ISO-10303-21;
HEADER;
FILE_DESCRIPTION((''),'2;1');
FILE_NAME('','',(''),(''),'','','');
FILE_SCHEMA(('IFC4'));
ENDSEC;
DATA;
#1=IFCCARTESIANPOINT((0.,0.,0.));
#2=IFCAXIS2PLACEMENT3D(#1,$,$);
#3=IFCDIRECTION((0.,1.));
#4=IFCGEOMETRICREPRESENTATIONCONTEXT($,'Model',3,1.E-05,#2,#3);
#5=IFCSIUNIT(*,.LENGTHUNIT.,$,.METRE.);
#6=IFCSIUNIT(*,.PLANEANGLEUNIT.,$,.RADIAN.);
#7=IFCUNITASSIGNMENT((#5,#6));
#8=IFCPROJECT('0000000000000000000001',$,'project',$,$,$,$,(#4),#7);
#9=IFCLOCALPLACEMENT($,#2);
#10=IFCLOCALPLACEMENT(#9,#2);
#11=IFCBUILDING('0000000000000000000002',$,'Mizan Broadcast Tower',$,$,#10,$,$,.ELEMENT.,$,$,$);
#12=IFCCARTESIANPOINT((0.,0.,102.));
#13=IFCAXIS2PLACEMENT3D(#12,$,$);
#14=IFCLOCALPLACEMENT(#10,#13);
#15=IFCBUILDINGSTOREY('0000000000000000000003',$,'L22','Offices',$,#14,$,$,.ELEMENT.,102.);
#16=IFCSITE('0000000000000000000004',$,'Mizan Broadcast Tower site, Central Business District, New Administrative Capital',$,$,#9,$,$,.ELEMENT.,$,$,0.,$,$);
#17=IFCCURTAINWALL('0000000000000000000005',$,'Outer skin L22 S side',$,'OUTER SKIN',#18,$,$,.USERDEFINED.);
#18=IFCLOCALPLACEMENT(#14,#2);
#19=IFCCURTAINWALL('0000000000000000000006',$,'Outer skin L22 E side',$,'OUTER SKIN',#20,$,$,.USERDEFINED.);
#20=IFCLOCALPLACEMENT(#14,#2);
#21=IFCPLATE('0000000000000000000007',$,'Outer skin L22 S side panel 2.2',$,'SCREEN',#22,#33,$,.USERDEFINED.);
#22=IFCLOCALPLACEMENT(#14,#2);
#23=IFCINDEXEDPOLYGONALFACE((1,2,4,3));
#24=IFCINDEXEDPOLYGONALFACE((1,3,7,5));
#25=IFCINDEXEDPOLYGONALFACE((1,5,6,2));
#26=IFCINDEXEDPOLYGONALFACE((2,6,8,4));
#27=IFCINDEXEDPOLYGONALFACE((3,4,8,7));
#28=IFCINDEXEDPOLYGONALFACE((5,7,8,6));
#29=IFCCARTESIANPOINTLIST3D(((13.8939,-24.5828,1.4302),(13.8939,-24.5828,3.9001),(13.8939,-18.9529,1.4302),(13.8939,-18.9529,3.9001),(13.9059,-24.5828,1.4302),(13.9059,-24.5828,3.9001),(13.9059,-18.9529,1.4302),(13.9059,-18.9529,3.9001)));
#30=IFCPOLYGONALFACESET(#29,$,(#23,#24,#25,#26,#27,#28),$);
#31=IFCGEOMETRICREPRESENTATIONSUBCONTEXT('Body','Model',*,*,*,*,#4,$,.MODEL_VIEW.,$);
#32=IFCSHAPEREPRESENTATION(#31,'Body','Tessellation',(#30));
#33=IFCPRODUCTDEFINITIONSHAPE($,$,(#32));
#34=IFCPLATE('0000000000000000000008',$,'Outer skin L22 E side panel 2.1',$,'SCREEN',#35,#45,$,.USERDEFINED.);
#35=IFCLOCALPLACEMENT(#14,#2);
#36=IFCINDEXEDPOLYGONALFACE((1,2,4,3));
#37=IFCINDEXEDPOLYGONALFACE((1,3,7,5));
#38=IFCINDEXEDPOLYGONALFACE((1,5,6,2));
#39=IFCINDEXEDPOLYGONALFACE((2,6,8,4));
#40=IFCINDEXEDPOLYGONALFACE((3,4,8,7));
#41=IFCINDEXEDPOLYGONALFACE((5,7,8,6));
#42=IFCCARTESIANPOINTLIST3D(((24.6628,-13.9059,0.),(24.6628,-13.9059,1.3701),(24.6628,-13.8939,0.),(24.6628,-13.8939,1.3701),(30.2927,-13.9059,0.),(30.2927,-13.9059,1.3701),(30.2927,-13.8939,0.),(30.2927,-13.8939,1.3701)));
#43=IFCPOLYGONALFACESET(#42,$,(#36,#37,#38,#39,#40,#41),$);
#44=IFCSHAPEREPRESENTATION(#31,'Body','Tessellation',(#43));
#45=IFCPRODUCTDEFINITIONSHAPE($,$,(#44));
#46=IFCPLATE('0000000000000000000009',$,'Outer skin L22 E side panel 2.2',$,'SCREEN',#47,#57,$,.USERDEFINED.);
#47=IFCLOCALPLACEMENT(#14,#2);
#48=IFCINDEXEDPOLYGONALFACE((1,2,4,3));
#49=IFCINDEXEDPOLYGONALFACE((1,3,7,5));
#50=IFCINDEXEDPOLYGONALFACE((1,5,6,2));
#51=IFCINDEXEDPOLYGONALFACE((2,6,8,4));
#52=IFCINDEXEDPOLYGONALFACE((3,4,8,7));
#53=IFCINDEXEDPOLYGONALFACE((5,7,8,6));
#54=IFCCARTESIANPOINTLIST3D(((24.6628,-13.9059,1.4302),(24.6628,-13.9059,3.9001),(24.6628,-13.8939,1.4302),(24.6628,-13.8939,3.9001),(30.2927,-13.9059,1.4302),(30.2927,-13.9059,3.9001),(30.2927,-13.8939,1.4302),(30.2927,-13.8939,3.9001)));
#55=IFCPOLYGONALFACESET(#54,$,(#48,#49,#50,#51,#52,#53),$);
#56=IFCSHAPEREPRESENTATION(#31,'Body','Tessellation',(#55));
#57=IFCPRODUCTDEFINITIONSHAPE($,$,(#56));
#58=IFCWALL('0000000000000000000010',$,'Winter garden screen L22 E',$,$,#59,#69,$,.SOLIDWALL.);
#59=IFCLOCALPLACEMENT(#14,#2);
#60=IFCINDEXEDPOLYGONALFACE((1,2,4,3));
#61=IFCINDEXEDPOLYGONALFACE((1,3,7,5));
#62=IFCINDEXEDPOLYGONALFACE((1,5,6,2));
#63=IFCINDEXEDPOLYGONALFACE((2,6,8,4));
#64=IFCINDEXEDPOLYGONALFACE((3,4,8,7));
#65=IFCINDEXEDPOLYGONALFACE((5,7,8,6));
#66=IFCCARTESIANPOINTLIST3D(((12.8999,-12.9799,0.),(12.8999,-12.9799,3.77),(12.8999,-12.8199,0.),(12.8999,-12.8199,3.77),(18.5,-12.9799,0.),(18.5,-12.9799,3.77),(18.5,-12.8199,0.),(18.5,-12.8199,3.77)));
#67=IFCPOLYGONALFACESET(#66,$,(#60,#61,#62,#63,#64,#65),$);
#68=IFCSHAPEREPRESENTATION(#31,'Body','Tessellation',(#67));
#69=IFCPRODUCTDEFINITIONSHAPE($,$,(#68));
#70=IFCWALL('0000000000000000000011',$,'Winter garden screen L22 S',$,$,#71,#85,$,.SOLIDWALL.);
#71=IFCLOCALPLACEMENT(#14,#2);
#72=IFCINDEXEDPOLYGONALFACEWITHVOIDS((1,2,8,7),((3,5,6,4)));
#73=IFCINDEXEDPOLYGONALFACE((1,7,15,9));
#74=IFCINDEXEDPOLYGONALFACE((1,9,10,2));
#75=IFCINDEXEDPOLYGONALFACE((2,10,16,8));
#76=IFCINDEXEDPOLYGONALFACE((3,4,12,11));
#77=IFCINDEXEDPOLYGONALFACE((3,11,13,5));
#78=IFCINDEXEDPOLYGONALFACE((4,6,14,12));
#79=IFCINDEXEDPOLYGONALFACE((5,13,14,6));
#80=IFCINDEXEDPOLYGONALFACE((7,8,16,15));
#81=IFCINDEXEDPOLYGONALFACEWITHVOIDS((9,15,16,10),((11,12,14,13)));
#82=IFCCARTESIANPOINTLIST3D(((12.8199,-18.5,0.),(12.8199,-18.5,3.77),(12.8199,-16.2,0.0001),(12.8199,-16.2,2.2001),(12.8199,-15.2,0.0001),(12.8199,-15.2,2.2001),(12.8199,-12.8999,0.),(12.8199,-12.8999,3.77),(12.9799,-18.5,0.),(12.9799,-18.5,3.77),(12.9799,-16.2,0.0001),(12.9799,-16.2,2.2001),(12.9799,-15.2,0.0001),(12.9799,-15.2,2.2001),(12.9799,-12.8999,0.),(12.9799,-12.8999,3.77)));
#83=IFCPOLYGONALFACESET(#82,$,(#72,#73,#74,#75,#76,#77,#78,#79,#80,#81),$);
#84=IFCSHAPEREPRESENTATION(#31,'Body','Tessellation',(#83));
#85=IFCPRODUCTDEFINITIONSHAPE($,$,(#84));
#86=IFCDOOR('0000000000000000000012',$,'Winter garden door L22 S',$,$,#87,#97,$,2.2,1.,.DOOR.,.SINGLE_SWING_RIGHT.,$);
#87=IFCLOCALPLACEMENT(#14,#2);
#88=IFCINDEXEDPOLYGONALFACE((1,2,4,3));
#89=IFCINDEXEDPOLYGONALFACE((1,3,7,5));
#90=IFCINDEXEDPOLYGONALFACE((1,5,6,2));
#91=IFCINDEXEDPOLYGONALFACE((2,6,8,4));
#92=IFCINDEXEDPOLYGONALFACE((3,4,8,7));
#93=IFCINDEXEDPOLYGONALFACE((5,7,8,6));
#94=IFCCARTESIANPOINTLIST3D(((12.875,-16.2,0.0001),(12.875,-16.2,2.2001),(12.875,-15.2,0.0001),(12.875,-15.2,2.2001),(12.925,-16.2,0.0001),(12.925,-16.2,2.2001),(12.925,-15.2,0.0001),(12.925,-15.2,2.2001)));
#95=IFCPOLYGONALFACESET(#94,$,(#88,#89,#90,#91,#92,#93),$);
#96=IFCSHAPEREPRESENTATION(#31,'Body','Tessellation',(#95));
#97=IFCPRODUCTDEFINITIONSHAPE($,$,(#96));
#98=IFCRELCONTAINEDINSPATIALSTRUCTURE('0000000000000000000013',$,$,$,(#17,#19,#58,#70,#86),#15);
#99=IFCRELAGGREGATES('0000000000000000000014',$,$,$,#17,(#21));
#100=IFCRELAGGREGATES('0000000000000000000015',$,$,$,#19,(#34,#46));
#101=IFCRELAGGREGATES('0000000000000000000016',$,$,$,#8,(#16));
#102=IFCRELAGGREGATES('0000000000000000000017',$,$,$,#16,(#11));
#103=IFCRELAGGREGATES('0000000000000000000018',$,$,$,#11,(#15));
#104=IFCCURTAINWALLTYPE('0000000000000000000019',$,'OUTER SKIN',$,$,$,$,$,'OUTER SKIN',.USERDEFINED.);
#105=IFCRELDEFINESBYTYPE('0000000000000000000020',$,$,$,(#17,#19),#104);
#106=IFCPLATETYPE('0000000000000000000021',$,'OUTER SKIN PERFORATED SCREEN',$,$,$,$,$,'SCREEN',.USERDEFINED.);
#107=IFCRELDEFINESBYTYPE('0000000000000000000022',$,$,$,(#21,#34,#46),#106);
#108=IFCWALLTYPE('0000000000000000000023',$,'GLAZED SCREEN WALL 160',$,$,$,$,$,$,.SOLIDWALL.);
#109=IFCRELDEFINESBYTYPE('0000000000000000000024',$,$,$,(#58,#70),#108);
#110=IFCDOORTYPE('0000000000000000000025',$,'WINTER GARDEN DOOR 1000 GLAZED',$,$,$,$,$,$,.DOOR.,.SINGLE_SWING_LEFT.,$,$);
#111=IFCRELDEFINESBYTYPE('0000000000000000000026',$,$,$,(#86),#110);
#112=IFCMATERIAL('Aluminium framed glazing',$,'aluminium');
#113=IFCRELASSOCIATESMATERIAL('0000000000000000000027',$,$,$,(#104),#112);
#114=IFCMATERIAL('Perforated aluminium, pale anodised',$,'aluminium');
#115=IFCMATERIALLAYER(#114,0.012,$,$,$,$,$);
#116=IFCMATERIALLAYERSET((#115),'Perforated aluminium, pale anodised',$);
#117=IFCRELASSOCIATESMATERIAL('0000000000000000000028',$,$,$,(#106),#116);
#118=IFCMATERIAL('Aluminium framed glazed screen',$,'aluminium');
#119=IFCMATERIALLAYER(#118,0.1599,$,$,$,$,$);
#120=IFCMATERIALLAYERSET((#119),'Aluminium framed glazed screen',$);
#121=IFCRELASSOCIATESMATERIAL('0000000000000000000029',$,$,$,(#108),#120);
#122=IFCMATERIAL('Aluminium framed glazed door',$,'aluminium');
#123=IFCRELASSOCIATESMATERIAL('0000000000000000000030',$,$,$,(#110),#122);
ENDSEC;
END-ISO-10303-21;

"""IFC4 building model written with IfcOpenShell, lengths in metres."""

from ifc_helpers import new_model, si_unit, direction, frame, frame_2d, origin, origin_2d, place, context, subcontext, project, spatial, rectangle, extrude, material, layer, layer_set, type_object, element, fill, aggregate, save


model = new_model("IFC4")

# Units and contexts
model_context = context("Model", 3, precision=1e-05, world=origin(), true_north=direction((0.0, 1.0)))
body_context = subcontext(model_context, "Body", "Model", "MODEL_VIEW")
ifc_project = project(units=[si_unit("LENGTHUNIT", "METRE"), si_unit("PLANEANGLEUNIT", "RADIAN")], contexts=[model_context])

# Site, building, storey
site_placement = place(None, origin())
site = spatial("IfcSite", under=ifc_project, at=site_placement, Name="Mizan Broadcast Tower site, Central Business District, New Administrative Capital", CompositionType="ELEMENT", RefElevation=0.0)
building_placement = place(site_placement, origin())
building = spatial("IfcBuilding", under=site, at=building_placement, Name="Mizan Broadcast Tower", CompositionType="ELEMENT")
storey_placement = place(building_placement, frame((0.0, 0.0, 102.0)))
storey = spatial("IfcBuildingStorey", under=building, at=storey_placement, Name="L22", Description="Offices", CompositionType="ELEMENT", Elevation=102.0)

# Shared definitions
ifc_material_1 = material(Name="Aluminium framed glazing", Category="aluminium")
curtain_wall_type_1 = type_object("IfcCurtainWallType", Name="OUTER SKIN", ElementType="OUTER SKIN", PredefinedType="USERDEFINED", material=ifc_material_1)

# Curtain wall
curtain_wall_1_placement = place(storey_placement, origin())
curtain_wall_1 = element("IfcCurtainWall", 1, at=curtain_wall_1_placement, inside=storey, type_object=curtain_wall_type_1, Name="Outer skin L22 S side", ObjectType="OUTER SKIN", PredefinedType="USERDEFINED")

# Curtain wall
curtain_wall_2_placement = place(storey_placement, origin())
curtain_wall_2 = element("IfcCurtainWall", 2, at=curtain_wall_2_placement, inside=storey, type_object=curtain_wall_type_1, Name="Outer skin L22 E side", ObjectType="OUTER SKIN", PredefinedType="USERDEFINED")

# Plates
ifc_material_2 = material(Name="Perforated aluminium, pale anodised", Category="aluminium")
ifc_layer_1 = layer(ifc_material_2, 0.012)
ifc_layer_set_1 = layer_set([ifc_layer_1], Name="Perforated aluminium, pale anodised")
plate_type_1 = type_object("IfcPlateType", Name="OUTER SKIN PERFORATED SCREEN", ElementType="SCREEN", PredefinedType="USERDEFINED", material=ifc_layer_set_1)
plate_1_placement = place(storey_placement, frame((13.8999, -21.7678, 1.4302), z_axis=(0.0, 0.0, 1.0), x_axis=(0.0, 1.0, 0.0)))
plate_1 = element("IfcPlate", 3, at=plate_1_placement, type_object=plate_type_1, Name="Outer skin L22 S side panel 2.2", ObjectType="SCREEN", PredefinedType="USERDEFINED", context=body_context, shape_type="SweptSolid", body=[
    extrude(rectangle(XDim=5.6299, YDim=0.012, at=origin_2d()), origin(), (0.0, 0.0, 1.0), 2.47),
])
aggregate(curtain_wall_1, [plate_1])
plate_2_placement = place(storey_placement, frame((27.4778, -13.8999, 0.0), z_axis=(0.0, 0.0, 1.0), x_axis=(1.0, 0.0, 0.0)))
plate_2 = element("IfcPlate", 4, at=plate_2_placement, type_object=plate_type_1, Name="Outer skin L22 E side panel 2.1", ObjectType="SCREEN", PredefinedType="USERDEFINED", context=body_context, shape_type="SweptSolid", body=[
    extrude(rectangle(XDim=5.6299, YDim=0.012, at=origin_2d()), origin(), (0.0, 0.0, 1.0), 1.3701),
])
plate_3_placement = place(storey_placement, frame((27.4778, -13.8999, 1.4302), z_axis=(0.0, 0.0, 1.0), x_axis=(1.0, 0.0, 0.0)))
plate_3 = element("IfcPlate", 5, at=plate_3_placement, type_object=plate_type_1, Name="Outer skin L22 E side panel 2.2", ObjectType="SCREEN", PredefinedType="USERDEFINED", context=body_context, shape_type="SweptSolid", body=[
    extrude(rectangle(XDim=5.6299, YDim=0.012, at=origin_2d()), origin(), (0.0, 0.0, 1.0), 2.47),
])
aggregate(curtain_wall_2, [plate_2, plate_3])

# Wall
ifc_material_3 = material(Name="Aluminium framed glazed screen", Category="aluminium")
ifc_layer_2 = layer(ifc_material_3, 0.1599)
ifc_layer_set_2 = layer_set([ifc_layer_2], Name="Aluminium framed glazed screen")
wall_type = type_object("IfcWallType", Name="GLAZED SCREEN WALL 160", PredefinedType="SOLIDWALL", material=ifc_layer_set_2)
wall_1_placement = place(storey_placement, frame((12.8999, -12.8999, 0.0), z_axis=(0.0, 0.0, 1.0), x_axis=(1.0, 0.0, 0.0)))
element("IfcWall", 6, at=wall_1_placement, inside=storey, type_object=wall_type, Name="Winter garden screen L22 E", PredefinedType="SOLIDWALL", context=body_context, shape_type="SweptSolid", body=[
    extrude(rectangle(XDim=5.6001, YDim=0.1599, at=frame_2d((2.8, 0.0))), origin(), (0.0, 0.0, 1.0), 3.77),
])

# Wall, opening, door
wall_2_placement = place(storey_placement, frame((12.8999, -18.5, 0.0), z_axis=(0.0, 0.0, 1.0), x_axis=(0.0, 1.0, 0.0)))
wall_2 = element("IfcWall", 7, at=wall_2_placement, inside=storey, type_object=wall_type, Name="Winter garden screen L22 S", PredefinedType="SOLIDWALL", context=body_context, shape_type="SweptSolid", body=[
    extrude(rectangle(XDim=5.6001, YDim=0.1599, at=frame_2d((2.8, 0.0))), origin(), (0.0, 0.0, 1.0), 3.77),
])
opening_placement = place(wall_2_placement, frame((2.3, 0.0, 0.0)))
opening = element("IfcOpeningElement", 8, at=opening_placement, cuts=wall_2, PredefinedType="OPENING", context=body_context, shape_type="SweptSolid", body=[
    extrude(rectangle(XDim=1.0, YDim=2.2, at=frame_2d((0.5, 1.1001))), frame((0.0, 0.0898, 0.0), z_axis=(0.0, -1.0, 0.0), x_axis=(1.0, 0.0, 0.0)), (0.0, 0.0, 1.0), 0.1799),
])
ifc_material_4 = material(Name="Aluminium framed glazed door", Category="aluminium")
door_type = type_object("IfcDoorType", Name="WINTER GARDEN DOOR 1000 GLAZED", OperationType="SINGLE_SWING_LEFT", PredefinedType="DOOR", material=ifc_material_4)
door_placement = place(opening_placement, origin())
door = element("IfcDoor", 9, at=door_placement, inside=storey, type_object=door_type, Name="Winter garden door L22 S", OperationType="SINGLE_SWING_RIGHT", OverallHeight=2.2, OverallWidth=1.0, PredefinedType="DOOR", context=body_context, shape_type="SweptSolid", body=[
    extrude(rectangle(XDim=1.0, YDim=2.2, at=frame_2d((0.5, 1.1001))), frame((0.0, 0.0249, 0.0), z_axis=(0.0, -1.0, 0.0), x_axis=(1.0, 0.0, 0.0)), (0.0, 0.0, 1.0), 0.05),
])
fill(opening, door)

save(model, "model.ifc")
